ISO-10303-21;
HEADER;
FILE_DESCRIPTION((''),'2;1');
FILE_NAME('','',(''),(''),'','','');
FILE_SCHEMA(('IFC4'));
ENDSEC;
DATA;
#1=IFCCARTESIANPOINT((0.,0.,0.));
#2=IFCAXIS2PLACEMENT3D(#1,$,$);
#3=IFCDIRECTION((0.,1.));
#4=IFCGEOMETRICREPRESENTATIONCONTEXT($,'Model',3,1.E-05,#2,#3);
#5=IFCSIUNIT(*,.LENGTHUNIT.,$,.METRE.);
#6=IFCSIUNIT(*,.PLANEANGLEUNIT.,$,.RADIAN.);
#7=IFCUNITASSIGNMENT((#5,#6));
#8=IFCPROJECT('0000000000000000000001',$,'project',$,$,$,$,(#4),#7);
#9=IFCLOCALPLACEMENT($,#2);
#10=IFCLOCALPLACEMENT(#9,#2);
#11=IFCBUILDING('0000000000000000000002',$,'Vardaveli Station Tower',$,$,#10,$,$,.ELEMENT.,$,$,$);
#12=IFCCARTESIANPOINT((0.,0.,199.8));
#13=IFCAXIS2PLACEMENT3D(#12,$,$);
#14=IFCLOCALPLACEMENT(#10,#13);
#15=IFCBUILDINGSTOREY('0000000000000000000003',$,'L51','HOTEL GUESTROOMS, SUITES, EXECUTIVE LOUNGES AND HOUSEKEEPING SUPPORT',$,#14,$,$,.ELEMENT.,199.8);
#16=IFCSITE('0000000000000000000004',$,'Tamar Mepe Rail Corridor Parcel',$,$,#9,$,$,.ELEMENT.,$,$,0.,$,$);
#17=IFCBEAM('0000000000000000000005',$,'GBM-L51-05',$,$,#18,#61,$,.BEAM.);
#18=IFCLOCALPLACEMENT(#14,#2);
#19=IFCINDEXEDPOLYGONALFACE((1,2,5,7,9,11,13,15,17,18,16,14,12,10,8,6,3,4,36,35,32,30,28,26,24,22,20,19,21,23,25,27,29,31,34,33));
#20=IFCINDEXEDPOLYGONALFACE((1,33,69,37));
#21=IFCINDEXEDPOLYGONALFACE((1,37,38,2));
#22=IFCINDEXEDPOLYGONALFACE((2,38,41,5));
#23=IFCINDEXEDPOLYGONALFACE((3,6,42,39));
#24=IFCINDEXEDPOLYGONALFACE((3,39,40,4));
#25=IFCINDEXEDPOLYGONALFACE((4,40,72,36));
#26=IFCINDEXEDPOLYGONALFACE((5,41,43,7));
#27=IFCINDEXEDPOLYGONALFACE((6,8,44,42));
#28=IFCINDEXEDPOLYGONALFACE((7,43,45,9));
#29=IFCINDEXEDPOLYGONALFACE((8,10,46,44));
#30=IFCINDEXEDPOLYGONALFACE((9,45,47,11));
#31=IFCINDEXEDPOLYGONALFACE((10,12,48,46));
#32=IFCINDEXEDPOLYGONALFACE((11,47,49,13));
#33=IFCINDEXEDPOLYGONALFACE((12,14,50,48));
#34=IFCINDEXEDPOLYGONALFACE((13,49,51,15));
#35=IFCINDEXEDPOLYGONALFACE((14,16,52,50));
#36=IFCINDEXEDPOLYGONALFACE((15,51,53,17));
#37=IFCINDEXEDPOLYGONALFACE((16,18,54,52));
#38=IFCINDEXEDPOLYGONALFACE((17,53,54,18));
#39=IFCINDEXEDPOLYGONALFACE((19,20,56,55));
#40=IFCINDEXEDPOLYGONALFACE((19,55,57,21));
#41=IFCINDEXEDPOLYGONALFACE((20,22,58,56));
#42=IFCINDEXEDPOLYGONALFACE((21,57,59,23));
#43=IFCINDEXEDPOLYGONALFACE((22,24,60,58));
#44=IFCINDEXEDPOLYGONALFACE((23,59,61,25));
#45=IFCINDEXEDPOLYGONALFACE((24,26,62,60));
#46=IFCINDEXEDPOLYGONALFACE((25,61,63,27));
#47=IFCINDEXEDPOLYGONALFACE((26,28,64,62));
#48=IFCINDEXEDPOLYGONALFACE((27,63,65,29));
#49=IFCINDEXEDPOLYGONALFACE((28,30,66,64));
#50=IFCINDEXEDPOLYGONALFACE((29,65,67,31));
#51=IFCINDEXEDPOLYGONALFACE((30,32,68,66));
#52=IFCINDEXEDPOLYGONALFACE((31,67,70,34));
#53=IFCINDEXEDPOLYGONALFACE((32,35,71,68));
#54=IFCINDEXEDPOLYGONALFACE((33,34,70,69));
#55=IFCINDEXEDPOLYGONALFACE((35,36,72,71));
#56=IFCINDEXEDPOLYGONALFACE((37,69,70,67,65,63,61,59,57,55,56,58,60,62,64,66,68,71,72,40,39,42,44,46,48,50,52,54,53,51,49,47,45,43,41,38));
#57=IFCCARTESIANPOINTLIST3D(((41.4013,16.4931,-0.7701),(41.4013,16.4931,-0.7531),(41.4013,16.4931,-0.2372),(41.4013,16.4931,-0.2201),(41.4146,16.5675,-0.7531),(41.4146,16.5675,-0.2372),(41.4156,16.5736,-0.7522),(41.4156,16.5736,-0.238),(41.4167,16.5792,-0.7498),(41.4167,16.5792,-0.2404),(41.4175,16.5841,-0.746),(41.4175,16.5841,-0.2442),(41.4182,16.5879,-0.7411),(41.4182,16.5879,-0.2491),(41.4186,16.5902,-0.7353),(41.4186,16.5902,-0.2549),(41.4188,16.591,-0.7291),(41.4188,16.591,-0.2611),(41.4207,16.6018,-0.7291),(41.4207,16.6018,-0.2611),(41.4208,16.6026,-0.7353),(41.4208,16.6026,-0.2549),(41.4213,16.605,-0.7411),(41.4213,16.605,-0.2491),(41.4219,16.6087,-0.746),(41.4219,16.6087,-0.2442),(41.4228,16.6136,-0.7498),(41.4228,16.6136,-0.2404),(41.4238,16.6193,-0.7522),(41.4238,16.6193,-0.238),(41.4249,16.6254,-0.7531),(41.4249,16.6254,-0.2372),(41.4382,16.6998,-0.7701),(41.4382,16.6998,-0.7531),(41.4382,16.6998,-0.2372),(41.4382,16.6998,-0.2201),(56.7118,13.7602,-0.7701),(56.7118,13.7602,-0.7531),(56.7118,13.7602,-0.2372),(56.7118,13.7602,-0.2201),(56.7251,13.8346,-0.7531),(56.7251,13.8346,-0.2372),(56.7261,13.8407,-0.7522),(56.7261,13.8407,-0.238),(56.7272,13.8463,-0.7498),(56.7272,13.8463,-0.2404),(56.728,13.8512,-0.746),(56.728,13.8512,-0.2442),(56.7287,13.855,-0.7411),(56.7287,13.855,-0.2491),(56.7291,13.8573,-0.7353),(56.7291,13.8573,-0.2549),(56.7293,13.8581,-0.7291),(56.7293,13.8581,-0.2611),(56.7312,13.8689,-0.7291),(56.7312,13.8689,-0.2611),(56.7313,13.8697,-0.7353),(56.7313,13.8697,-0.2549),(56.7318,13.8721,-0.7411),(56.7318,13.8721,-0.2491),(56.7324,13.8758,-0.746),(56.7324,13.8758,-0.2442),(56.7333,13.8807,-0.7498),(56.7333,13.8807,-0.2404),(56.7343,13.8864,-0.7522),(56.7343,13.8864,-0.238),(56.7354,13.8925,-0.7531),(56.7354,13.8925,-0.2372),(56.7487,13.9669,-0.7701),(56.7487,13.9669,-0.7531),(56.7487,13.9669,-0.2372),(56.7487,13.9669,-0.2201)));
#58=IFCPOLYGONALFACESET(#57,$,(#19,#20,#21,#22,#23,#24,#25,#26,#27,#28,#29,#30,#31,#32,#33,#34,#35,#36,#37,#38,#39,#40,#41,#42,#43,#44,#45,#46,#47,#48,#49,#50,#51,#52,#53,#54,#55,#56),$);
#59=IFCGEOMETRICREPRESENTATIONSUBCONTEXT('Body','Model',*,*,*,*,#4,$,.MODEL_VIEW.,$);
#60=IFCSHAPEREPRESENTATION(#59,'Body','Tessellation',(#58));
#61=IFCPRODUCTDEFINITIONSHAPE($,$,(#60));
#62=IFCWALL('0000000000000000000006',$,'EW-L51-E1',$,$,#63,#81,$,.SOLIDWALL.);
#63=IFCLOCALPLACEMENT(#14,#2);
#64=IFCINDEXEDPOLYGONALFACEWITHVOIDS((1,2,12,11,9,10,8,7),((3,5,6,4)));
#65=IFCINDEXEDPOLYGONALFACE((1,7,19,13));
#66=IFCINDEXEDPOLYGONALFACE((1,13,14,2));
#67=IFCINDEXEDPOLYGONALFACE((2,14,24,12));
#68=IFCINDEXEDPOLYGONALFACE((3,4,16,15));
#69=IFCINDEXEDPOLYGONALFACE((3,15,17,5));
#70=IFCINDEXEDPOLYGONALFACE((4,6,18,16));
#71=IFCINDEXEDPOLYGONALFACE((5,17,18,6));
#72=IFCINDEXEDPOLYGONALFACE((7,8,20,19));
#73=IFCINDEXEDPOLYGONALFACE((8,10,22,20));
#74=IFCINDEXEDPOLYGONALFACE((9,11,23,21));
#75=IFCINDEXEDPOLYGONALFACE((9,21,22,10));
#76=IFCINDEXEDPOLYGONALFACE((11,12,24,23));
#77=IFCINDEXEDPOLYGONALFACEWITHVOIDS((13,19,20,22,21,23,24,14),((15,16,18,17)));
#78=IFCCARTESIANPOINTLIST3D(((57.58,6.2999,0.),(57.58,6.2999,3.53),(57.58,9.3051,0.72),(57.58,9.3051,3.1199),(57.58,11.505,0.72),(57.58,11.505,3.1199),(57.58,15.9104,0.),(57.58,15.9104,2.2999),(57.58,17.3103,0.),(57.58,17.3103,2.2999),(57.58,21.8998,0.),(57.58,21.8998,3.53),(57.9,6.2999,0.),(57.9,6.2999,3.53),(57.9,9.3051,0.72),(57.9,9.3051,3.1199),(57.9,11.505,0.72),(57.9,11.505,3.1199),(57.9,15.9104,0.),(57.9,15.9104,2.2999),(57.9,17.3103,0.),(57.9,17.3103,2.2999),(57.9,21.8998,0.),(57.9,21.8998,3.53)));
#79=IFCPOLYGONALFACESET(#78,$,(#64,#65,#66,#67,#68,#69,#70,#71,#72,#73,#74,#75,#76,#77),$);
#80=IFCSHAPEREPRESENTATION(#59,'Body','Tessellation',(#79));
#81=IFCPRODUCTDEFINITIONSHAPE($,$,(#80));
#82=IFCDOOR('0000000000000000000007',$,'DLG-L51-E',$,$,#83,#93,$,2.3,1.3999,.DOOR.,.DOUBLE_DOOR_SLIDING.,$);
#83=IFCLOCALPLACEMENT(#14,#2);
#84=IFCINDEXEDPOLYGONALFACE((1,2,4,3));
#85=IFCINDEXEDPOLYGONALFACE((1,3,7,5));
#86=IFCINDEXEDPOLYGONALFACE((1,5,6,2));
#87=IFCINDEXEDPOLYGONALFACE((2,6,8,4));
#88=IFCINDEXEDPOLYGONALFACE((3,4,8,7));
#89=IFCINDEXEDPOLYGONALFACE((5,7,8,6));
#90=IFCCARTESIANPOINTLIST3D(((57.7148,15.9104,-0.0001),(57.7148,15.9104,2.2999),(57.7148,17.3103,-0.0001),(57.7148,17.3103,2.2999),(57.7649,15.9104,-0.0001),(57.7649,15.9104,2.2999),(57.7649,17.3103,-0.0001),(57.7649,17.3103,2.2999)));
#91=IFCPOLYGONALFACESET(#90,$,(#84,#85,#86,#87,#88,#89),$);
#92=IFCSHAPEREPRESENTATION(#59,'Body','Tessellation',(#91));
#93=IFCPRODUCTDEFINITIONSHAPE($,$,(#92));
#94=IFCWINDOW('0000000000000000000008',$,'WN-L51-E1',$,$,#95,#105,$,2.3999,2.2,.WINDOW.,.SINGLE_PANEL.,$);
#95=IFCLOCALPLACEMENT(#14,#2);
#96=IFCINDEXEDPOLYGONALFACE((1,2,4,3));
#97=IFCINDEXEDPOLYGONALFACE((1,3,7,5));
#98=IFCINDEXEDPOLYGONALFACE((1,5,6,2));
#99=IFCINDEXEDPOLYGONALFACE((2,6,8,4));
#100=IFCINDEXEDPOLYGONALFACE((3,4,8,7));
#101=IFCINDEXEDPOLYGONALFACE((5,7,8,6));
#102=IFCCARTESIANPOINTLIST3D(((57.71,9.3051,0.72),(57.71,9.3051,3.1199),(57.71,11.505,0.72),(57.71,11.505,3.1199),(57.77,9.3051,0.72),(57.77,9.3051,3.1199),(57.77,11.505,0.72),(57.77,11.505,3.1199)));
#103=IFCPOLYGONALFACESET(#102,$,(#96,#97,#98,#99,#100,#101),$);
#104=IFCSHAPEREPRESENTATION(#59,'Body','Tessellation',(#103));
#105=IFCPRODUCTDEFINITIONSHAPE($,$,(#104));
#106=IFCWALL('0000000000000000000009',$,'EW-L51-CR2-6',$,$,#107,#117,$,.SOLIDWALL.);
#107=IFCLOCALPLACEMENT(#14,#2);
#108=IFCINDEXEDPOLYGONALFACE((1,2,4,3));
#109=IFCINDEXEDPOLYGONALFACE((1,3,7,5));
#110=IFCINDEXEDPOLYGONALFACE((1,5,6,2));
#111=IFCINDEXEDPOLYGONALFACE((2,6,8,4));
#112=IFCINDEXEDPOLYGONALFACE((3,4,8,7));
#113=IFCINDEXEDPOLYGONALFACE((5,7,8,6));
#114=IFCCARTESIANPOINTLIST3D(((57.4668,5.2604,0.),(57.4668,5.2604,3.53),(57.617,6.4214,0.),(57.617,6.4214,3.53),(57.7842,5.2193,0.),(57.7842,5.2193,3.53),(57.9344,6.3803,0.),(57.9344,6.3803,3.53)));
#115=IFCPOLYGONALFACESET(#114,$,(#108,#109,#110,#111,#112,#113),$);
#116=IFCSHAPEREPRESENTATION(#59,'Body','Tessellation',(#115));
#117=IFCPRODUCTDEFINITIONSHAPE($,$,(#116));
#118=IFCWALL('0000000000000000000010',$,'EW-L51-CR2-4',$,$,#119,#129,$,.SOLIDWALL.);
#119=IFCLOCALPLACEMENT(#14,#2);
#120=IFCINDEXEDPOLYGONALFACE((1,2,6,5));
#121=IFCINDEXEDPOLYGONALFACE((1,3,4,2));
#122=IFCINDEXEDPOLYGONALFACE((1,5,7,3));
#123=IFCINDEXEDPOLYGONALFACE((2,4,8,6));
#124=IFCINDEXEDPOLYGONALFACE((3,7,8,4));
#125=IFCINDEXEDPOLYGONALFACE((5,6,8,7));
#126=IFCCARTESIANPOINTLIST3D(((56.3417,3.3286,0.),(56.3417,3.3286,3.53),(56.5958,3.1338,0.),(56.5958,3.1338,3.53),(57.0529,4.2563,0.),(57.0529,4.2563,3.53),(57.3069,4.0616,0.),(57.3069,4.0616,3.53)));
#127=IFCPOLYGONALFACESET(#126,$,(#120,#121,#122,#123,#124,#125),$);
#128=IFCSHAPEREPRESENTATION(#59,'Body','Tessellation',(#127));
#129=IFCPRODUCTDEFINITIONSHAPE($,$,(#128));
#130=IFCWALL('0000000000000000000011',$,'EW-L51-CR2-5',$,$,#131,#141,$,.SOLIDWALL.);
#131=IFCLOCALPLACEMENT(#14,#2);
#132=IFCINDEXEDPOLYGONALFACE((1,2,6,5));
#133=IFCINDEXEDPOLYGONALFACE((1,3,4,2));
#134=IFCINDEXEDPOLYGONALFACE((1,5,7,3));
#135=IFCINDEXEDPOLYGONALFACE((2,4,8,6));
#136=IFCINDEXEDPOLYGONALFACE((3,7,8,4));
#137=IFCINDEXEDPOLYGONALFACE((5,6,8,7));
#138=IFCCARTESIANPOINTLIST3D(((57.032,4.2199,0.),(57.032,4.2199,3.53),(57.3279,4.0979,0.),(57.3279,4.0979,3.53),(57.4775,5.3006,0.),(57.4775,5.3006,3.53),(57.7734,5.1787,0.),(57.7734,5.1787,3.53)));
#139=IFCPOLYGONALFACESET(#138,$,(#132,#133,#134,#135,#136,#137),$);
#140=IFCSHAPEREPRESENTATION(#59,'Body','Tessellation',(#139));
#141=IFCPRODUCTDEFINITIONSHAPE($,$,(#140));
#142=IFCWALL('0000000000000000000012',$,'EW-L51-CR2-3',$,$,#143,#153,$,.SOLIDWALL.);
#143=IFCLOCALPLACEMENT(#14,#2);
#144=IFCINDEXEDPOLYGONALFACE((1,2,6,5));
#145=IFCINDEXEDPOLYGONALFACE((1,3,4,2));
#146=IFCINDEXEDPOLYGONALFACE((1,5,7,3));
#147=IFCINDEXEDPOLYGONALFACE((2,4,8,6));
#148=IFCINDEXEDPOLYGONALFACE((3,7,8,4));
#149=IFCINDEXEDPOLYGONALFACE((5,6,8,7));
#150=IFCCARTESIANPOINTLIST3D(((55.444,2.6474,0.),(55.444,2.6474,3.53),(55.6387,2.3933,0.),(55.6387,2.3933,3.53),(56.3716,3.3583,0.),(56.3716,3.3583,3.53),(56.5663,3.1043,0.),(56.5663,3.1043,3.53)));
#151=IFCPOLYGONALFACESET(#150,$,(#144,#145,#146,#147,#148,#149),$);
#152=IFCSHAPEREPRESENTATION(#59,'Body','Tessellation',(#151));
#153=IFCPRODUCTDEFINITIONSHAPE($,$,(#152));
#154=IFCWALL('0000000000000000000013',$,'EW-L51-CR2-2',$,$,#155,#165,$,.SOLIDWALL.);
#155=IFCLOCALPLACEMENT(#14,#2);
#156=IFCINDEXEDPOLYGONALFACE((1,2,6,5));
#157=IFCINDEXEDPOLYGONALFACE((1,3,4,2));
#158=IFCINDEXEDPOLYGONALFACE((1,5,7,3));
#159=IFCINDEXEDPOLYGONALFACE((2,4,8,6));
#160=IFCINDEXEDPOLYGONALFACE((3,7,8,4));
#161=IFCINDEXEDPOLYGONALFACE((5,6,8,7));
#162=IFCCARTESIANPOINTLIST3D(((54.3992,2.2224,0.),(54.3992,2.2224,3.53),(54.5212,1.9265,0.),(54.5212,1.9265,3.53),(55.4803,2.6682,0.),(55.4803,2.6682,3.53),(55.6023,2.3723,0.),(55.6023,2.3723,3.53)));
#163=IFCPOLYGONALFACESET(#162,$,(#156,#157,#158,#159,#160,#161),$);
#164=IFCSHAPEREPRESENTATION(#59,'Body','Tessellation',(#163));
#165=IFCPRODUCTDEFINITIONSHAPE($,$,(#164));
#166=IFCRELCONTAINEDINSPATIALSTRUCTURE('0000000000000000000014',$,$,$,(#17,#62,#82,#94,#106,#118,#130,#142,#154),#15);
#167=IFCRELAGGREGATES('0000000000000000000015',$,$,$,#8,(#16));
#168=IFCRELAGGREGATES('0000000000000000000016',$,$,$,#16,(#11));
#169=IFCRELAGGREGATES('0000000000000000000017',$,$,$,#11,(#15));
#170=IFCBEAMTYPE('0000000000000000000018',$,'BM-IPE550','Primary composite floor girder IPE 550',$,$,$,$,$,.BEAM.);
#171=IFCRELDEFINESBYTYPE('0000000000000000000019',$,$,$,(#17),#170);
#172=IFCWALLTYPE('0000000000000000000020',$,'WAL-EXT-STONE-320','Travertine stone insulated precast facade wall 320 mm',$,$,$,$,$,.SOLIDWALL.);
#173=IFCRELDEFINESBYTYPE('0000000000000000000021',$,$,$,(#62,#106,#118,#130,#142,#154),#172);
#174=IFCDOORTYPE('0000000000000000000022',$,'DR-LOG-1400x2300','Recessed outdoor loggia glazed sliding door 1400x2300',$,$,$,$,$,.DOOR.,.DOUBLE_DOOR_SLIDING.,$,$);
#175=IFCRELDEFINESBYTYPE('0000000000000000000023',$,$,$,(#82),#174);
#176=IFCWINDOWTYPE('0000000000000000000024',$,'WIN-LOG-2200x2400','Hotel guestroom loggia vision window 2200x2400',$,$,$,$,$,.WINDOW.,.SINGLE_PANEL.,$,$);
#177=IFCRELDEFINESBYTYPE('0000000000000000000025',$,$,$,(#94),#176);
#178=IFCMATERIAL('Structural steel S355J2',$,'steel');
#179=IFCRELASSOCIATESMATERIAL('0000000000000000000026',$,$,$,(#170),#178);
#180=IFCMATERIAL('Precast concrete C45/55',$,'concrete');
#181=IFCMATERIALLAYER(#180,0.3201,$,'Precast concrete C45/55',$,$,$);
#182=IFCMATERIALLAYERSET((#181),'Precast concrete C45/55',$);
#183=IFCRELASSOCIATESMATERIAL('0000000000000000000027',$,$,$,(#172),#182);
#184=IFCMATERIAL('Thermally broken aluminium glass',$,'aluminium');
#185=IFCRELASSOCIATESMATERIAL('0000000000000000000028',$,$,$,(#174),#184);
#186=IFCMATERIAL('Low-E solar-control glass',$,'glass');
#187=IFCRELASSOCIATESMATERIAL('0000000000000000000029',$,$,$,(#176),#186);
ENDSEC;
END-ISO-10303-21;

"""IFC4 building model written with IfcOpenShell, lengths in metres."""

from ifc_helpers import new_model, si_unit, direction, frame, frame_2d, origin, origin_2d, place, context, subcontext, project, spatial, rectangle, i_section, extrude, source, transform, mapped, material, layer, layer_set, material_profile, profile_set, type_object, element, fill, save


model = new_model("IFC4")

# Units and contexts
model_context = context("Model", 3, precision=1e-05, world=origin(), true_north=direction((0.0, 1.0)))
body_context = subcontext(model_context, "Body", "Model", "MODEL_VIEW")
ifc_project = project(units=[si_unit("LENGTHUNIT", "METRE"), si_unit("PLANEANGLEUNIT", "RADIAN")], contexts=[model_context])

# Site, building, storey
site_placement = place(None, origin())
site = spatial("IfcSite", under=ifc_project, at=site_placement, Name="Tamar Mepe Rail Corridor Parcel", CompositionType="ELEMENT", RefElevation=0.0)
building_placement = place(site_placement, origin())
building = spatial("IfcBuilding", under=site, at=building_placement, Name="Vardaveli Station Tower", CompositionType="ELEMENT")
storey_placement = place(building_placement, frame((0.0, 0.0, 199.8)))
storey = spatial("IfcBuildingStorey", under=building, at=storey_placement, Name="L51", Description="HOTEL GUESTROOMS, SUITES, EXECUTIVE LOUNGES AND HOUSEKEEPING SUPPORT", CompositionType="ELEMENT", Elevation=199.8)

# Beam
ifc_material_1 = material(Name="Precast concrete C45/55", Category="concrete")
ifc_material_2 = material(Name="Structural steel S355J2", Category="steel")
ifc_material_profile_1 = material_profile(ifc_material_2, i_section(OverallWidth=0.21, OverallDepth=0.55, WebThickness=0.011, FlangeThickness=0.0171, FilletRadius=0.0239, at=origin_2d()), Name="IPE 550")
ifc_profile_set_1 = profile_set([ifc_material_profile_1], Name="Structural steel S355J2")
beam_type_1 = type_object("IfcBeamType", Name="BM-IPE550", Description="Primary composite floor girder IPE 550", PredefinedType="BEAM", material=ifc_profile_set_1)
shared_shape_1 = source(origin(), body_context, "Body", "SweptSolid", [
    extrude(i_section(OverallWidth=0.21, OverallDepth=0.55, WebThickness=0.011, FlangeThickness=0.0171, FilletRadius=0.0239, at=origin_2d()), origin(), (0.0, 0.0, 1.0), 15.5525),
])
beam_1_placement = place(storey_placement, frame((56.7302, 13.8635, -0.4951), z_axis=(-0.98444, 0.175721, 0.0), x_axis=(-0.175721, -0.98444, 0.0)))
element("IfcBeam", 1, at=beam_1_placement, inside=storey, type_object=beam_type_1, Name="GBM-L51-05", PredefinedType="BEAM", context=body_context, shape_type="MappedRepresentation", body=[
    mapped(shared_shape_1, transform((0.0, 0.0, 0.0), scale=1.0)),
])

# Wall, openings, door, window
ifc_layer_1 = layer(ifc_material_1, 0.3201, Name="Precast concrete C45/55")
ifc_layer_set_1 = layer_set([ifc_layer_1], Name="Precast concrete C45/55")
wall_type_1 = type_object("IfcWallType", Name="WAL-EXT-STONE-320", Description="Travertine stone insulated precast facade wall 320 mm", PredefinedType="SOLIDWALL", material=ifc_layer_set_1)
shared_shape_2 = source(origin(), body_context, "Body", "SweptSolid", [
    extrude(rectangle(XDim=15.5999, YDim=0.3201, at=frame_2d((7.7998, 0.0))), origin(), (0.0, 0.0, 1.0), 3.53),
])
wall_1_placement = place(storey_placement, frame((57.74, 6.3, 0.0), z_axis=(0.0, 0.0, 1.0), x_axis=(0.0, 1.0, 0.0)))
wall_1 = element("IfcWall", 2, at=wall_1_placement, inside=storey, type_object=wall_type_1, Name="EW-L51-E1", PredefinedType="SOLIDWALL", context=body_context, shape_type="MappedRepresentation", body=[
    mapped(shared_shape_2, transform((0.0, 0.0, 0.0), scale=1.0)),
])
shared_shape_3 = source(origin(), body_context, "Body", "SweptSolid", [
    extrude(rectangle(XDim=1.3999, YDim=2.3, at=frame_2d((0.7, 1.1499))), frame((0.0, 0.1699, 0.0), z_axis=(0.0, -1.0, 0.0), x_axis=(1.0, 0.0, 0.0)), (0.0, 0.0, 1.0), 0.3401),
])
opening_1_placement = place(wall_1_placement, frame((9.6104, 0.0, 0.0)))
opening_1 = element("IfcOpeningElement", 3, at=opening_1_placement, cuts=wall_1, PredefinedType="OPENING", context=body_context, shape_type="MappedRepresentation", body=[
    mapped(shared_shape_3, transform((0.0, 0.0, 0.0), scale=1.0)),
])
shared_shape_4 = source(origin(), body_context, "Body", "SweptSolid", [
    extrude(rectangle(XDim=2.2, YDim=2.3999, at=frame_2d((1.1001, 1.2))), frame((0.0, 0.1699, 0.0), z_axis=(0.0, -1.0, 0.0), x_axis=(1.0, 0.0, 0.0)), (0.0, 0.0, 1.0), 0.3401),
])
opening_2_placement = place(wall_1_placement, frame((3.0049, 0.0, 0.72)))
opening_2 = element("IfcOpeningElement", 4, at=opening_2_placement, cuts=wall_1, PredefinedType="OPENING", context=body_context, shape_type="MappedRepresentation", body=[
    mapped(shared_shape_4, transform((0.0, 0.0, 0.0), scale=1.0)),
])
ifc_material_3 = material(Name="Thermally broken aluminium glass", Category="aluminium")
door_type_1 = type_object("IfcDoorType", Name="DR-LOG-1400x2300", Description="Recessed outdoor loggia glazed sliding door 1400x2300", OperationType="DOUBLE_DOOR_SLIDING", PredefinedType="DOOR", material=ifc_material_3)
shared_shape_5 = source(origin(), body_context, "Body", "SweptSolid", [
    extrude(rectangle(XDim=1.3999, YDim=2.3, at=frame_2d((0.7, 1.1499))), frame((0.0, 0.0249, 0.0), z_axis=(0.0, -1.0, 0.0), x_axis=(1.0, 0.0, 0.0)), (0.0, 0.0, 1.0), 0.05),
])
door_1_placement = place(opening_1_placement, frame((1.3999, 0.0, 0.0), z_axis=(0.0, 0.0, 1.0), x_axis=(-1.0, 0.0, 0.0)))
door_1 = element("IfcDoor", 5, at=door_1_placement, inside=storey, type_object=door_type_1, Name="DLG-L51-E", OperationType="DOUBLE_DOOR_SLIDING", OverallHeight=2.3, OverallWidth=1.3999, PredefinedType="DOOR", context=body_context, shape_type="MappedRepresentation", body=[
    mapped(shared_shape_5, transform((0.0, 0.0, 0.0), scale=1.0)),
])
fill(opening_1, door_1)
ifc_material_4 = material(Name="Low-E solar-control glass", Category="glass")
window_type = type_object("IfcWindowType", Name="WIN-LOG-2200x2400", Description="Hotel guestroom loggia vision window 2200x2400", PartitioningType="SINGLE_PANEL", PredefinedType="WINDOW", material=ifc_material_4)
shared_shape_6 = source(origin(), body_context, "Body", "SweptSolid", [
    extrude(rectangle(XDim=2.2, YDim=2.3999, at=frame_2d((1.1001, 1.2))), frame((0.0, 0.03, 0.0), z_axis=(0.0, -1.0, 0.0), x_axis=(1.0, 0.0, 0.0)), (0.0, 0.0, 1.0), 0.0601),
])
window_placement = place(opening_2_placement, origin())
window = element("IfcWindow", 6, at=window_placement, inside=storey, type_object=window_type, Name="WN-L51-E1", OverallHeight=2.3999, OverallWidth=2.2, PartitioningType="SINGLE_PANEL", PredefinedType="WINDOW", context=body_context, shape_type="MappedRepresentation", body=[
    mapped(shared_shape_6, transform((0.0, 0.0, 0.0), scale=1.0)),
])
fill(opening_2, window)

# Walls
shared_shape_7 = source(origin(), body_context, "Body", "SweptSolid", [
    extrude(rectangle(XDim=1.1707, YDim=0.3201, at=frame_2d((0.5854, 0.0))), origin(), (0.0, 0.0, 1.0), 3.53),
])
wall_2_placement = place(storey_placement, frame((57.6255, 5.2397, 0.0), z_axis=(0.0, 0.0, 1.0), x_axis=(0.128269, 0.991739, 0.0)))
element("IfcWall", 7, at=wall_2_placement, inside=storey, type_object=wall_type_1, Name="EW-L51-CR2-6", PredefinedType="SOLIDWALL", context=body_context, shape_type="MappedRepresentation", body=[
    mapped(shared_shape_7, transform((0.0, 0.0, 0.0), scale=1.0)),
])
shared_shape_8 = source(origin(), body_context, "Body", "SweptSolid", [
    extrude(rectangle(XDim=1.1689, YDim=0.3201, at=frame_2d((0.5845, 0.0))), origin(), (0.0, 0.0, 1.0), 3.53),
])
for number, where, z_axis, x_axis, name in (
    (8, (56.4688, 3.2312, 0.0), (0.0, 0.0, 1.0), (0.608388, 0.79364, 0.0), "EW-L51-CR2-4"),
    (9, (57.1799, 4.1589, 0.0), (0.0, 0.0, 1.0), (0.381128, 0.924522, 0.0), "EW-L51-CR2-5"),
):
    element("IfcWall", number, at=place(storey_placement, frame(where, z_axis=z_axis, x_axis=x_axis)), inside=storey, type_object=wall_type_1, Name=name, PredefinedType="SOLIDWALL", context=body_context, shape_type="MappedRepresentation", body=[
        mapped(shared_shape_8, transform((0.0, 0.0, 0.0), scale=1.0)),
    ])
shared_shape_9 = source(origin(), body_context, "Body", "SweptSolid", [
    extrude(rectangle(XDim=1.1687, YDim=0.3201, at=frame_2d((0.5845, 0.0))), origin(), (0.0, 0.0, 1.0), 3.53),
])
wall_3_placement = place(storey_placement, frame((55.5413, 2.5203, 0.0), z_axis=(0.0, 0.0, 1.0), x_axis=(0.793664, 0.608357, 0.0)))
element("IfcWall", 10, at=wall_3_placement, inside=storey, type_object=wall_type_1, Name="EW-L51-CR2-3", PredefinedType="SOLIDWALL", context=body_context, shape_type="MappedRepresentation", body=[
    mapped(shared_shape_9, transform((0.0, 0.0, 0.0), scale=1.0)),
])
shared_shape_10 = source(origin(), body_context, "Body", "SweptSolid", [
    extrude(rectangle(XDim=1.1694, YDim=0.3201, at=frame_2d((0.5847, 0.0))), origin(), (0.0, 0.0, 1.0), 3.53),
])
wall_4_placement = place(storey_placement, frame((54.4602, 2.0745, 0.0), z_axis=(0.0, 0.0, 1.0), x_axis=(0.924479, 0.381233, 0.0)))
element("IfcWall", 11, at=wall_4_placement, inside=storey, type_object=wall_type_1, Name="EW-L51-CR2-2", PredefinedType="SOLIDWALL", context=body_context, shape_type="MappedRepresentation", body=[
    mapped(shared_shape_10, transform((0.0, 0.0, 0.0), scale=1.0)),
])

save(model, "model.ifc")
